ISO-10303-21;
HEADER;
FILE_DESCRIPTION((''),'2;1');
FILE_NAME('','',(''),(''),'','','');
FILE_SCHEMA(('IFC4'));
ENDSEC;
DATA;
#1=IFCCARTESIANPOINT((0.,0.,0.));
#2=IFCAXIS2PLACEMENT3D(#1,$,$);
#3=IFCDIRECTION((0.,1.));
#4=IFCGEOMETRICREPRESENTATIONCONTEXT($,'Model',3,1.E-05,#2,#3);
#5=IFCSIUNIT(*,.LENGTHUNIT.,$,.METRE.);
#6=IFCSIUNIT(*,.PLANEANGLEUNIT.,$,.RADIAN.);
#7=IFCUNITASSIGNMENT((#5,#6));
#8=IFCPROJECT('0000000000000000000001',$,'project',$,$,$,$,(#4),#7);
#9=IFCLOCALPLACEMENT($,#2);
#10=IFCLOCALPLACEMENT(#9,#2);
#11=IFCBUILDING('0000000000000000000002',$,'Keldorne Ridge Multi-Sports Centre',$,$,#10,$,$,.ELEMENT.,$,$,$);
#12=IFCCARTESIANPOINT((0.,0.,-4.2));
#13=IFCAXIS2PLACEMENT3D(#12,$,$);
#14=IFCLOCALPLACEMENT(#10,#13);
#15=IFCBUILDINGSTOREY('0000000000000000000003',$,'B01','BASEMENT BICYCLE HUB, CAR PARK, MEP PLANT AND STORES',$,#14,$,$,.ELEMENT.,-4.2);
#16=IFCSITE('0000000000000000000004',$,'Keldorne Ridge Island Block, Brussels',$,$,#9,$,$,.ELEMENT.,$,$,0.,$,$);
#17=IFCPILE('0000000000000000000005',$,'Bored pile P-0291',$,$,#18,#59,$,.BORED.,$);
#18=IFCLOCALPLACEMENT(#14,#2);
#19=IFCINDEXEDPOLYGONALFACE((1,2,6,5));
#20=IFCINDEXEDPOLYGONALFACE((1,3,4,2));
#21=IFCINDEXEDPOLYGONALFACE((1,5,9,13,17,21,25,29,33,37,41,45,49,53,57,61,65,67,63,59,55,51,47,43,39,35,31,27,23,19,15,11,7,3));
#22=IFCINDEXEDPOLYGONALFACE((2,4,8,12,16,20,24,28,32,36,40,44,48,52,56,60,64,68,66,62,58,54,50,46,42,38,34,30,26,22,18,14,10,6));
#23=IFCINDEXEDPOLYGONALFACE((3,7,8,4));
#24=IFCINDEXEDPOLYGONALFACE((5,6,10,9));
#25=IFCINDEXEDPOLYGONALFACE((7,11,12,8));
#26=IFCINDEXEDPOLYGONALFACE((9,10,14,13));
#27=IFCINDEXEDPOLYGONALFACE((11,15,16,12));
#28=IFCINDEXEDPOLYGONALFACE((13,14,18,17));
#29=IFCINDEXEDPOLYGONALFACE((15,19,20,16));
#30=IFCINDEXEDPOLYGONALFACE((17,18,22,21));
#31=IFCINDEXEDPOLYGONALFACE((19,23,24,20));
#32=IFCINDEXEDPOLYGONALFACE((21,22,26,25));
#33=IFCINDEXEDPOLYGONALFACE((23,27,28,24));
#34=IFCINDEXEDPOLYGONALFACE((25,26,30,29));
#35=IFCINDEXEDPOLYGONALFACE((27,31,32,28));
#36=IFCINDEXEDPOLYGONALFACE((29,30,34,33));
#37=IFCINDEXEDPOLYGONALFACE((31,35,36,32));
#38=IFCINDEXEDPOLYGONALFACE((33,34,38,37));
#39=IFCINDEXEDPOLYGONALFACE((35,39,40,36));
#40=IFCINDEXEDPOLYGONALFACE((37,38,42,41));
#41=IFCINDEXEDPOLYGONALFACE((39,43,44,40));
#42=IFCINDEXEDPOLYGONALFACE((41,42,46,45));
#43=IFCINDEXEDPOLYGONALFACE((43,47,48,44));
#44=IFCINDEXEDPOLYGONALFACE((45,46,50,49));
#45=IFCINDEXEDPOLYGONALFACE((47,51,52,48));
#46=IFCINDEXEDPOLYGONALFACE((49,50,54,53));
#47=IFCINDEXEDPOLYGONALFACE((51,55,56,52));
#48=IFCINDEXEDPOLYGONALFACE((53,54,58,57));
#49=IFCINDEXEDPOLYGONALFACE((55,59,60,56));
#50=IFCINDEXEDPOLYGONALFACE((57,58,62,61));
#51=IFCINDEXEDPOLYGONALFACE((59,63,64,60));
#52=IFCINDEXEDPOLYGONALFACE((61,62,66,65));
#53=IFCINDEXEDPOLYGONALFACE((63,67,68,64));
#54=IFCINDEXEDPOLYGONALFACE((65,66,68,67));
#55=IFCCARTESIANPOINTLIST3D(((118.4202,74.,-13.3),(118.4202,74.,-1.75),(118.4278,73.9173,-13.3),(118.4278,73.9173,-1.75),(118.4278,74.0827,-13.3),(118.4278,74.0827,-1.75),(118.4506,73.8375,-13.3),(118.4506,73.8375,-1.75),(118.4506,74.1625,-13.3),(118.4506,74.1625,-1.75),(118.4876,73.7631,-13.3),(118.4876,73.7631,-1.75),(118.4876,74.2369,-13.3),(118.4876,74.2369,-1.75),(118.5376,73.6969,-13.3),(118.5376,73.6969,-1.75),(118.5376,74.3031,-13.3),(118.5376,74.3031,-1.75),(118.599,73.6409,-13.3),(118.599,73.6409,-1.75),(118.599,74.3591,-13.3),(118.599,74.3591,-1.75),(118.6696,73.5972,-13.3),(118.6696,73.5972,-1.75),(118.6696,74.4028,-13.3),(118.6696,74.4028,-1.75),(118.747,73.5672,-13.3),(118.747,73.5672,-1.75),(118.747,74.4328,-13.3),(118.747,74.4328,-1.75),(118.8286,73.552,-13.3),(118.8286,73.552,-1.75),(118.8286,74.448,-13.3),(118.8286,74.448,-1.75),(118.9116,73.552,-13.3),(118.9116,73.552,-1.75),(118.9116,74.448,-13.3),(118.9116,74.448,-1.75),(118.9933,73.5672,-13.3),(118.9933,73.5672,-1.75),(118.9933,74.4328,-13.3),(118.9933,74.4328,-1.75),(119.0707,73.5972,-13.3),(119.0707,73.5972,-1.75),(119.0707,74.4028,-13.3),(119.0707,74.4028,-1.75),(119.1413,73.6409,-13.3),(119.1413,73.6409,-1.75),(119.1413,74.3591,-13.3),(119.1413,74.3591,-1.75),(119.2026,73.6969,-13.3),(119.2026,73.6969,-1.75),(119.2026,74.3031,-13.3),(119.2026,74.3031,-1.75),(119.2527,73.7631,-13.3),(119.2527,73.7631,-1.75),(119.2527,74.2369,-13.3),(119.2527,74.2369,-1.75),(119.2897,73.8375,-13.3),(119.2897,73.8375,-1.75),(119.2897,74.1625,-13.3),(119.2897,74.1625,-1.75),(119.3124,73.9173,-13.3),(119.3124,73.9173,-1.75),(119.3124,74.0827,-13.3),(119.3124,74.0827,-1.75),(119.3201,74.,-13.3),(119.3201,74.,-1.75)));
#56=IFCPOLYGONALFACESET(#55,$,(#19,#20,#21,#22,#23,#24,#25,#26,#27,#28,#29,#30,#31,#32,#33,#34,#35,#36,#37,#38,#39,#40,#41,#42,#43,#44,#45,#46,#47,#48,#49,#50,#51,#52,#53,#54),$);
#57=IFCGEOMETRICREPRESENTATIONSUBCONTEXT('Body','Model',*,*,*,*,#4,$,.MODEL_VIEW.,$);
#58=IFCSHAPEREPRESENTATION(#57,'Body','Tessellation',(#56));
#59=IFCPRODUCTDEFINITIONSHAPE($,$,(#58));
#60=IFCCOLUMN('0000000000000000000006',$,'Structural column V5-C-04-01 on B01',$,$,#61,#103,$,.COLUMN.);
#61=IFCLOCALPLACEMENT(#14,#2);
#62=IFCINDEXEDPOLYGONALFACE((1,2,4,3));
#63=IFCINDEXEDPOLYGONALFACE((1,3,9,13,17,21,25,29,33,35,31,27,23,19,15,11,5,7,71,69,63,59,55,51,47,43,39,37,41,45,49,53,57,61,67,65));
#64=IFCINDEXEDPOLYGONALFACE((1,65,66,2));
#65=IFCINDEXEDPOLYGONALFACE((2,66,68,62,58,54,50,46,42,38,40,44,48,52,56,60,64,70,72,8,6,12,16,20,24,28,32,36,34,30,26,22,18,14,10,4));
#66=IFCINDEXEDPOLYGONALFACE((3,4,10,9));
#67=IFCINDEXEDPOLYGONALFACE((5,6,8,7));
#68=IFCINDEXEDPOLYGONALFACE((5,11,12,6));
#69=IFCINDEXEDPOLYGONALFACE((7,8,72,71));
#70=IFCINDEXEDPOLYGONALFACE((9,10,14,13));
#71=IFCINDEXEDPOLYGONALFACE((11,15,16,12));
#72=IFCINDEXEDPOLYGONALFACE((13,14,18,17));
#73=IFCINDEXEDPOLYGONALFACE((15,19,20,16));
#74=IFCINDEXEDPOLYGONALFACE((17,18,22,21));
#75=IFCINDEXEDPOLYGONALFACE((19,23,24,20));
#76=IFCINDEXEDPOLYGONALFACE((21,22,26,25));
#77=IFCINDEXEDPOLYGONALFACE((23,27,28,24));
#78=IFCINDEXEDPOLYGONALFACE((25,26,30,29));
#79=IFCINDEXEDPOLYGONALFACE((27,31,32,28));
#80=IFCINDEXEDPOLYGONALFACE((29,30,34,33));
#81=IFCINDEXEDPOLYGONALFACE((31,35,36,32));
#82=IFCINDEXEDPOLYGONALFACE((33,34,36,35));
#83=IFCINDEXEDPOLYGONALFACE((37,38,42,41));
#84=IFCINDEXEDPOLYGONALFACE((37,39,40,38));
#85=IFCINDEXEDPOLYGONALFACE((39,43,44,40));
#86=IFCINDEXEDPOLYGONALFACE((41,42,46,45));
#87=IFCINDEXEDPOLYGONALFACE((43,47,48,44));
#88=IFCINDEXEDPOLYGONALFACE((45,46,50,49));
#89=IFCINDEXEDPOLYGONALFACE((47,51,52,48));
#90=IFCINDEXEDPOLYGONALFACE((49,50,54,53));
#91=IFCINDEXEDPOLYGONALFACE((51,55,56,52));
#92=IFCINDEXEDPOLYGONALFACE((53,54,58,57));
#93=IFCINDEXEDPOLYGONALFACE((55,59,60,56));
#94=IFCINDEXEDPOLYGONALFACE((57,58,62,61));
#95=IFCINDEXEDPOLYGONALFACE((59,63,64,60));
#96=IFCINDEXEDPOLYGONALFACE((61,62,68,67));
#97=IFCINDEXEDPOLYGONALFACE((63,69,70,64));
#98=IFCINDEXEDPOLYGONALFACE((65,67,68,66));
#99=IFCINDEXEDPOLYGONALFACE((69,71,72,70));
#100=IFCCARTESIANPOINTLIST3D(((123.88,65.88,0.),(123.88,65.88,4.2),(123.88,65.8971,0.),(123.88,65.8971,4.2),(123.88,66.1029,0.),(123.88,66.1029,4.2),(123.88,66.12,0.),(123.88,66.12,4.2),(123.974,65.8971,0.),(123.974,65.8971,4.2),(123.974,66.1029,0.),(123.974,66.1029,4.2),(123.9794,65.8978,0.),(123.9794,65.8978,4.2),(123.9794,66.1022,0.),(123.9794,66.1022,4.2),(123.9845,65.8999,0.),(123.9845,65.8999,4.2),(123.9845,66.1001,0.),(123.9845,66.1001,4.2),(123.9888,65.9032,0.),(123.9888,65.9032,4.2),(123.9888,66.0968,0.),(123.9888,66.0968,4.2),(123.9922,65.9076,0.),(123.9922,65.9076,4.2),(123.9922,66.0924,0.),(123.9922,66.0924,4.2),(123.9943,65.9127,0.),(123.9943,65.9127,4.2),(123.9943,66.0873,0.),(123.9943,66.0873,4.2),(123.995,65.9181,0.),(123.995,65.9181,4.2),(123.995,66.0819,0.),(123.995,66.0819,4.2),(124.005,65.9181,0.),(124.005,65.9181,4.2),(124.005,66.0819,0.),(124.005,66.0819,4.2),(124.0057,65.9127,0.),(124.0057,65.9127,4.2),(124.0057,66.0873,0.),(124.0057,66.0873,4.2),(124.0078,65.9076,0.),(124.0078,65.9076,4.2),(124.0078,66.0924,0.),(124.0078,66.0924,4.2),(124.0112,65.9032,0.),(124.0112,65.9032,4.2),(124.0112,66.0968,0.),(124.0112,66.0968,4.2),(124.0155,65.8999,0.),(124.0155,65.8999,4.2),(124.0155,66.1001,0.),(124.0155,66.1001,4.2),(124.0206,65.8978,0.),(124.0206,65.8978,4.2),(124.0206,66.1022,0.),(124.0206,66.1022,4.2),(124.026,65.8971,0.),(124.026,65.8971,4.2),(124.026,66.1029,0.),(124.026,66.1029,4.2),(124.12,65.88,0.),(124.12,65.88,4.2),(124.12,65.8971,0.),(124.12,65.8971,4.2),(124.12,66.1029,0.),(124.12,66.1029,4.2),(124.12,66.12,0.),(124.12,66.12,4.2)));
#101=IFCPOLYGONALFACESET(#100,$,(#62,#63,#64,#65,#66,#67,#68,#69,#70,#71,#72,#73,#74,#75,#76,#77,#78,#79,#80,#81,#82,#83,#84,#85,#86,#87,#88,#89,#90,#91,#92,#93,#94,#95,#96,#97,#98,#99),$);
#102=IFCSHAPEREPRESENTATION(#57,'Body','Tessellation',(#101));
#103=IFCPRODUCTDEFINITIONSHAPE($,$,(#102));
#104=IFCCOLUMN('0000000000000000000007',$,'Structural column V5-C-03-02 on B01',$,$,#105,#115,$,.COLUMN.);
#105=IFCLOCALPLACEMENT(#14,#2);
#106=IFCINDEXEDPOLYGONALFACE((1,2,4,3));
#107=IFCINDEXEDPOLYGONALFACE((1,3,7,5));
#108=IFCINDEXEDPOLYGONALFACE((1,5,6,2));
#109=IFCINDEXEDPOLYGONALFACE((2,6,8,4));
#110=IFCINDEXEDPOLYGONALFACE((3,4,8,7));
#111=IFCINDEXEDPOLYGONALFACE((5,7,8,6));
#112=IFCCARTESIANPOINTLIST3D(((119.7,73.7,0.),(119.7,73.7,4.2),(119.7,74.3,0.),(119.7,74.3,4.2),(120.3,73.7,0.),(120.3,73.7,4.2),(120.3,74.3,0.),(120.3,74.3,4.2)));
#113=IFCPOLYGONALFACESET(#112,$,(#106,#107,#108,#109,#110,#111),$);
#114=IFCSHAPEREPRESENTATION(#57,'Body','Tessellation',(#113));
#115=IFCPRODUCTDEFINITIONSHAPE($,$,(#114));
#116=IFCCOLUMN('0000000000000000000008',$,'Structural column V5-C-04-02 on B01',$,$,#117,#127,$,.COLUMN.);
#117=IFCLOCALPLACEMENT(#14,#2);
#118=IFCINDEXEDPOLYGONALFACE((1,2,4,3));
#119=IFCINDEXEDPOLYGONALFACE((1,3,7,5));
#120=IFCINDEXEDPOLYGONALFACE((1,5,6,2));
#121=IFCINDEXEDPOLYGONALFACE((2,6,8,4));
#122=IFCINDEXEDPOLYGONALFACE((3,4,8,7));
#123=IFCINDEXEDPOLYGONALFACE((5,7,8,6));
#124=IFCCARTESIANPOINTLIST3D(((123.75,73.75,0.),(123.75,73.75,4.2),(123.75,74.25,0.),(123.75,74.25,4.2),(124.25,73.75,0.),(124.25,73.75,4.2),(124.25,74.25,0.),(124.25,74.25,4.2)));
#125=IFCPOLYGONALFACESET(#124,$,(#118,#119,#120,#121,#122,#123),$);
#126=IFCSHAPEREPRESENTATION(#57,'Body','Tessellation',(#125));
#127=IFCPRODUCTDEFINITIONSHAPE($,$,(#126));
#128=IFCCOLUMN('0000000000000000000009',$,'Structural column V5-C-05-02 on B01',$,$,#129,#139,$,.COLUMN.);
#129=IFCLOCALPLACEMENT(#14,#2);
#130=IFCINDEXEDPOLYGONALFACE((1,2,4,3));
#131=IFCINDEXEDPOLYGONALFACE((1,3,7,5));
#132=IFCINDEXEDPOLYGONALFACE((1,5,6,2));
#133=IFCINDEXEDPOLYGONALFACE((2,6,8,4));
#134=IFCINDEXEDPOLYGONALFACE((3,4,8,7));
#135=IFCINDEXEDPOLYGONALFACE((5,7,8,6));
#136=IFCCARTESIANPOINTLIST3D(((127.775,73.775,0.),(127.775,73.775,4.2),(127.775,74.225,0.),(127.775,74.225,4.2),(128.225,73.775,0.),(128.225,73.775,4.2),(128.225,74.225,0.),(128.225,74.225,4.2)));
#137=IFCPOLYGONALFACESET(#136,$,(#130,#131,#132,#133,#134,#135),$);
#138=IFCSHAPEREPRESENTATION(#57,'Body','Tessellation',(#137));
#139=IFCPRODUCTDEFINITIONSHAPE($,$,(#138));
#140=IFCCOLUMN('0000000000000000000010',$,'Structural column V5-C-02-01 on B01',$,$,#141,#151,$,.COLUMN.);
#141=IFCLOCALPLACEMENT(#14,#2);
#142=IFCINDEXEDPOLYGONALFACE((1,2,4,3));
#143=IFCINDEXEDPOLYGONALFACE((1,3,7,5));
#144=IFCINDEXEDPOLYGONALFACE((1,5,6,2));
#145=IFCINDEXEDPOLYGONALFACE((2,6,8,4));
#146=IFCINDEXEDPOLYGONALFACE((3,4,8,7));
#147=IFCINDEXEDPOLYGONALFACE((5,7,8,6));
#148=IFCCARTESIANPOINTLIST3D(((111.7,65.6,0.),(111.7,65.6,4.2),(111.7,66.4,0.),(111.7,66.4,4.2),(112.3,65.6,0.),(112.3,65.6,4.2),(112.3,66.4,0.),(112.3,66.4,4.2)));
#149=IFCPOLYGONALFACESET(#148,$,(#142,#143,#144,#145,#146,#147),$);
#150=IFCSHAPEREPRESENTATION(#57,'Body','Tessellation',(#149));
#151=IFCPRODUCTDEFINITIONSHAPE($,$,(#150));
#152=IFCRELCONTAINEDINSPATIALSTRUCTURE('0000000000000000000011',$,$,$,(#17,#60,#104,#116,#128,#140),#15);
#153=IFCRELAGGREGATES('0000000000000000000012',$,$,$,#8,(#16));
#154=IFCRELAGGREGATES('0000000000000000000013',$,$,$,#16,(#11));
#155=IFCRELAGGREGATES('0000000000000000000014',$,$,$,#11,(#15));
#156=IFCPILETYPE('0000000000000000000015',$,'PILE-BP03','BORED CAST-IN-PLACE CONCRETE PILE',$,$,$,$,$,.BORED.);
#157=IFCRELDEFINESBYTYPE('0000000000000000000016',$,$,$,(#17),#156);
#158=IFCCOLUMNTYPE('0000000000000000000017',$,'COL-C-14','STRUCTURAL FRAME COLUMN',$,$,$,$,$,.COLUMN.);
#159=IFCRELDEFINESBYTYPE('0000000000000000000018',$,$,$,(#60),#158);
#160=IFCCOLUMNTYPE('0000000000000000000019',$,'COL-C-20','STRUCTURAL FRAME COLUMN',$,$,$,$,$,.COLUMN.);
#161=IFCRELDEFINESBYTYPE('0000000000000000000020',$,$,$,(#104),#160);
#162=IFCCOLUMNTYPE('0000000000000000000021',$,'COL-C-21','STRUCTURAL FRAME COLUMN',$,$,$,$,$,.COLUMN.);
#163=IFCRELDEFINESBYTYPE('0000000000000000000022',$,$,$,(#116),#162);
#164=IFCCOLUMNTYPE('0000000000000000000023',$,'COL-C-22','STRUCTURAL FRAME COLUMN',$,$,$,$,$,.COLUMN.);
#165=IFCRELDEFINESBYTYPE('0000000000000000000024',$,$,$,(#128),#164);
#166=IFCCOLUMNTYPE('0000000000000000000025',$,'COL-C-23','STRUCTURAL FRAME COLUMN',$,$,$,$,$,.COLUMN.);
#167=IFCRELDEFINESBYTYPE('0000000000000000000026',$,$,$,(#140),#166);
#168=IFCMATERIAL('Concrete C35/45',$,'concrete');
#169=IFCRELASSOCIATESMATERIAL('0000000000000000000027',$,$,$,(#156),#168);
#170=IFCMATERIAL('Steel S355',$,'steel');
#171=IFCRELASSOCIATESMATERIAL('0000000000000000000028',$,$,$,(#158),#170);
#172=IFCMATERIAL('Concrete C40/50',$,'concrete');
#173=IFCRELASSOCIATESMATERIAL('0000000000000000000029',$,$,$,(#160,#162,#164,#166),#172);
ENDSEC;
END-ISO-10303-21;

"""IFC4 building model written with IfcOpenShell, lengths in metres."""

from ifc_helpers import new_model, si_unit, direction, frame, origin, origin_2d, place, context, subcontext, project, spatial, rectangle, circle, i_section, extrude, material, material_profile, profile_set, type_object, element, save


model = new_model("IFC4")

# Units and contexts
model_context = context("Model", 3, precision=1e-05, world=origin(), true_north=direction((0.0, 1.0)))
body_context = subcontext(model_context, "Body", "Model", "MODEL_VIEW")
ifc_project = project(units=[si_unit("LENGTHUNIT", "METRE"), si_unit("PLANEANGLEUNIT", "RADIAN")], contexts=[model_context])

# Site, building, storey
site_placement = place(None, origin())
site = spatial("IfcSite", under=ifc_project, at=site_placement, Name="Keldorne Ridge Island Block, Brussels", CompositionType="ELEMENT", RefElevation=0.0)
building_placement = place(site_placement, origin())
building = spatial("IfcBuilding", under=site, at=building_placement, Name="Keldorne Ridge Multi-Sports Centre", CompositionType="ELEMENT")
storey_placement = place(building_placement, frame((0.0, 0.0, -4.2)))
storey = spatial("IfcBuildingStorey", under=building, at=storey_placement, Name="B01", Description="BASEMENT BICYCLE HUB, CAR PARK, MEP PLANT AND STORES", CompositionType="ELEMENT", Elevation=-4.2)

# Shared definitions
ifc_material_1 = material(Name="Concrete C35/45", Category="concrete")

# Pile
ifc_material_profile_1 = material_profile(ifc_material_1, circle(Radius=0.45, at=origin_2d()), Name="BORED PILE D900")
ifc_profile_set_1 = profile_set([ifc_material_profile_1], Name="Concrete C35/45")
pile_type_1 = type_object("IfcPileType", Name="PILE-BP03", Description="BORED CAST-IN-PLACE CONCRETE PILE", PredefinedType="BORED", material=ifc_profile_set_1)
pile_placement = place(storey_placement, frame((118.8701, 74.0, -1.75), z_axis=(0.0, 0.0, -1.0), x_axis=(1.0, 0.0, 0.0)))
element("IfcPile", 1, at=pile_placement, inside=storey, type_object=pile_type_1, Name="Bored pile P-0291", PredefinedType="BORED", context=body_context, shape_type="SweptSolid", body=[
    extrude(circle(Radius=0.45, at=origin_2d()), origin(), (0.0, 0.0, 1.0), 11.55),
])

# Columns
ifc_material_2 = material(Name="Steel S355", Category="steel")
ifc_material_profile_2 = material_profile(ifc_material_2, i_section(OverallWidth=0.24, OverallDepth=0.24, WebThickness=0.01, FlangeThickness=0.0171, FilletRadius=0.021, at=origin_2d()), Name="HEB 240")
ifc_profile_set_2 = profile_set([ifc_material_profile_2], Name="Steel S355")
column_type_1 = type_object("IfcColumnType", Name="COL-C-14", Description="STRUCTURAL FRAME COLUMN", PredefinedType="COLUMN", material=ifc_profile_set_2)
column_1_placement = place(storey_placement, frame((124.0, 66.0, 0.0), z_axis=(0.0, 0.0, 1.0), x_axis=(1.0, 0.0, 0.0)))
element("IfcColumn", 2, at=column_1_placement, inside=storey, type_object=column_type_1, Name="Structural column V5-C-04-01 on B01", PredefinedType="COLUMN", context=body_context, shape_type="SweptSolid", body=[
    extrude(i_section(OverallWidth=0.24, OverallDepth=0.24, WebThickness=0.01, FlangeThickness=0.0171, FilletRadius=0.021, at=origin_2d()), origin(), (0.0, 0.0, 1.0), 4.2),
])
ifc_material_3 = material(Name="Concrete C40/50", Category="concrete")
ifc_material_profile_3 = material_profile(ifc_material_3, rectangle(XDim=0.6001, YDim=0.6001, at=origin_2d()), Name="RC 600x600")
ifc_profile_set_3 = profile_set([ifc_material_profile_3], Name="Concrete C40/50")
column_type_2 = type_object("IfcColumnType", Name="COL-C-20", Description="STRUCTURAL FRAME COLUMN", PredefinedType="COLUMN", material=ifc_profile_set_3)
column_2_placement = place(storey_placement, frame((120.0, 74.0, 0.0), z_axis=(0.0, 0.0, 1.0), x_axis=(1.0, 0.0, 0.0)))
element("IfcColumn", 3, at=column_2_placement, inside=storey, type_object=column_type_2, Name="Structural column V5-C-03-02 on B01", PredefinedType="COLUMN", context=body_context, shape_type="SweptSolid", body=[
    extrude(rectangle(XDim=0.6001, YDim=0.6001, at=origin_2d()), origin(), (0.0, 0.0, 1.0), 4.2),
])
ifc_material_profile_4 = material_profile(ifc_material_3, rectangle(XDim=0.5, YDim=0.5, at=origin_2d()), Name="RC 500x500")
ifc_profile_set_4 = profile_set([ifc_material_profile_4], Name="Concrete C40/50")
column_type_3 = type_object("IfcColumnType", Name="COL-C-21", Description="STRUCTURAL FRAME COLUMN", PredefinedType="COLUMN", material=ifc_profile_set_4)
column_3_placement = place(storey_placement, frame((124.0, 74.0, 0.0), z_axis=(0.0, 0.0, 1.0), x_axis=(1.0, 0.0, 0.0)))
element("IfcColumn", 4, at=column_3_placement, inside=storey, type_object=column_type_3, Name="Structural column V5-C-04-02 on B01", PredefinedType="COLUMN", context=body_context, shape_type="SweptSolid", body=[
    extrude(rectangle(XDim=0.5, YDim=0.5, at=origin_2d()), origin(), (0.0, 0.0, 1.0), 4.2),
])
ifc_material_profile_5 = material_profile(ifc_material_3, rectangle(XDim=0.45, YDim=0.45, at=origin_2d()), Name="RC 450x450")
ifc_profile_set_5 = profile_set([ifc_material_profile_5], Name="Concrete C40/50")
column_type_4 = type_object("IfcColumnType", Name="COL-C-22", Description="STRUCTURAL FRAME COLUMN", PredefinedType="COLUMN", material=ifc_profile_set_5)
column_4_placement = place(storey_placement, frame((128.0, 74.0, 0.0), z_axis=(0.0, 0.0, 1.0), x_axis=(1.0, 0.0, 0.0)))
element("IfcColumn", 5, at=column_4_placement, inside=storey, type_object=column_type_4, Name="Structural column V5-C-05-02 on B01", PredefinedType="COLUMN", context=body_context, shape_type="SweptSolid", body=[
    extrude(rectangle(XDim=0.45, YDim=0.45, at=origin_2d()), origin(), (0.0, 0.0, 1.0), 4.2),
])
ifc_material_profile_6 = material_profile(ifc_material_3, rectangle(XDim=0.6001, YDim=0.8, at=origin_2d()), Name="RC 600x800")
ifc_profile_set_6 = profile_set([ifc_material_profile_6], Name="Concrete C40/50")
column_type_5 = type_object("IfcColumnType", Name="COL-C-23", Description="STRUCTURAL FRAME COLUMN", PredefinedType="COLUMN", material=ifc_profile_set_6)
column_5_placement = place(storey_placement, frame((112.0, 66.0, 0.0), z_axis=(0.0, 0.0, 1.0), x_axis=(1.0, 0.0, 0.0)))
element("IfcColumn", 6, at=column_5_placement, inside=storey, type_object=column_type_5, Name="Structural column V5-C-02-01 on B01", PredefinedType="COLUMN", context=body_context, shape_type="SweptSolid", body=[
    extrude(rectangle(XDim=0.6001, YDim=0.8, at=origin_2d()), origin(), (0.0, 0.0, 1.0), 4.2),
])

save(model, "model.ifc")
